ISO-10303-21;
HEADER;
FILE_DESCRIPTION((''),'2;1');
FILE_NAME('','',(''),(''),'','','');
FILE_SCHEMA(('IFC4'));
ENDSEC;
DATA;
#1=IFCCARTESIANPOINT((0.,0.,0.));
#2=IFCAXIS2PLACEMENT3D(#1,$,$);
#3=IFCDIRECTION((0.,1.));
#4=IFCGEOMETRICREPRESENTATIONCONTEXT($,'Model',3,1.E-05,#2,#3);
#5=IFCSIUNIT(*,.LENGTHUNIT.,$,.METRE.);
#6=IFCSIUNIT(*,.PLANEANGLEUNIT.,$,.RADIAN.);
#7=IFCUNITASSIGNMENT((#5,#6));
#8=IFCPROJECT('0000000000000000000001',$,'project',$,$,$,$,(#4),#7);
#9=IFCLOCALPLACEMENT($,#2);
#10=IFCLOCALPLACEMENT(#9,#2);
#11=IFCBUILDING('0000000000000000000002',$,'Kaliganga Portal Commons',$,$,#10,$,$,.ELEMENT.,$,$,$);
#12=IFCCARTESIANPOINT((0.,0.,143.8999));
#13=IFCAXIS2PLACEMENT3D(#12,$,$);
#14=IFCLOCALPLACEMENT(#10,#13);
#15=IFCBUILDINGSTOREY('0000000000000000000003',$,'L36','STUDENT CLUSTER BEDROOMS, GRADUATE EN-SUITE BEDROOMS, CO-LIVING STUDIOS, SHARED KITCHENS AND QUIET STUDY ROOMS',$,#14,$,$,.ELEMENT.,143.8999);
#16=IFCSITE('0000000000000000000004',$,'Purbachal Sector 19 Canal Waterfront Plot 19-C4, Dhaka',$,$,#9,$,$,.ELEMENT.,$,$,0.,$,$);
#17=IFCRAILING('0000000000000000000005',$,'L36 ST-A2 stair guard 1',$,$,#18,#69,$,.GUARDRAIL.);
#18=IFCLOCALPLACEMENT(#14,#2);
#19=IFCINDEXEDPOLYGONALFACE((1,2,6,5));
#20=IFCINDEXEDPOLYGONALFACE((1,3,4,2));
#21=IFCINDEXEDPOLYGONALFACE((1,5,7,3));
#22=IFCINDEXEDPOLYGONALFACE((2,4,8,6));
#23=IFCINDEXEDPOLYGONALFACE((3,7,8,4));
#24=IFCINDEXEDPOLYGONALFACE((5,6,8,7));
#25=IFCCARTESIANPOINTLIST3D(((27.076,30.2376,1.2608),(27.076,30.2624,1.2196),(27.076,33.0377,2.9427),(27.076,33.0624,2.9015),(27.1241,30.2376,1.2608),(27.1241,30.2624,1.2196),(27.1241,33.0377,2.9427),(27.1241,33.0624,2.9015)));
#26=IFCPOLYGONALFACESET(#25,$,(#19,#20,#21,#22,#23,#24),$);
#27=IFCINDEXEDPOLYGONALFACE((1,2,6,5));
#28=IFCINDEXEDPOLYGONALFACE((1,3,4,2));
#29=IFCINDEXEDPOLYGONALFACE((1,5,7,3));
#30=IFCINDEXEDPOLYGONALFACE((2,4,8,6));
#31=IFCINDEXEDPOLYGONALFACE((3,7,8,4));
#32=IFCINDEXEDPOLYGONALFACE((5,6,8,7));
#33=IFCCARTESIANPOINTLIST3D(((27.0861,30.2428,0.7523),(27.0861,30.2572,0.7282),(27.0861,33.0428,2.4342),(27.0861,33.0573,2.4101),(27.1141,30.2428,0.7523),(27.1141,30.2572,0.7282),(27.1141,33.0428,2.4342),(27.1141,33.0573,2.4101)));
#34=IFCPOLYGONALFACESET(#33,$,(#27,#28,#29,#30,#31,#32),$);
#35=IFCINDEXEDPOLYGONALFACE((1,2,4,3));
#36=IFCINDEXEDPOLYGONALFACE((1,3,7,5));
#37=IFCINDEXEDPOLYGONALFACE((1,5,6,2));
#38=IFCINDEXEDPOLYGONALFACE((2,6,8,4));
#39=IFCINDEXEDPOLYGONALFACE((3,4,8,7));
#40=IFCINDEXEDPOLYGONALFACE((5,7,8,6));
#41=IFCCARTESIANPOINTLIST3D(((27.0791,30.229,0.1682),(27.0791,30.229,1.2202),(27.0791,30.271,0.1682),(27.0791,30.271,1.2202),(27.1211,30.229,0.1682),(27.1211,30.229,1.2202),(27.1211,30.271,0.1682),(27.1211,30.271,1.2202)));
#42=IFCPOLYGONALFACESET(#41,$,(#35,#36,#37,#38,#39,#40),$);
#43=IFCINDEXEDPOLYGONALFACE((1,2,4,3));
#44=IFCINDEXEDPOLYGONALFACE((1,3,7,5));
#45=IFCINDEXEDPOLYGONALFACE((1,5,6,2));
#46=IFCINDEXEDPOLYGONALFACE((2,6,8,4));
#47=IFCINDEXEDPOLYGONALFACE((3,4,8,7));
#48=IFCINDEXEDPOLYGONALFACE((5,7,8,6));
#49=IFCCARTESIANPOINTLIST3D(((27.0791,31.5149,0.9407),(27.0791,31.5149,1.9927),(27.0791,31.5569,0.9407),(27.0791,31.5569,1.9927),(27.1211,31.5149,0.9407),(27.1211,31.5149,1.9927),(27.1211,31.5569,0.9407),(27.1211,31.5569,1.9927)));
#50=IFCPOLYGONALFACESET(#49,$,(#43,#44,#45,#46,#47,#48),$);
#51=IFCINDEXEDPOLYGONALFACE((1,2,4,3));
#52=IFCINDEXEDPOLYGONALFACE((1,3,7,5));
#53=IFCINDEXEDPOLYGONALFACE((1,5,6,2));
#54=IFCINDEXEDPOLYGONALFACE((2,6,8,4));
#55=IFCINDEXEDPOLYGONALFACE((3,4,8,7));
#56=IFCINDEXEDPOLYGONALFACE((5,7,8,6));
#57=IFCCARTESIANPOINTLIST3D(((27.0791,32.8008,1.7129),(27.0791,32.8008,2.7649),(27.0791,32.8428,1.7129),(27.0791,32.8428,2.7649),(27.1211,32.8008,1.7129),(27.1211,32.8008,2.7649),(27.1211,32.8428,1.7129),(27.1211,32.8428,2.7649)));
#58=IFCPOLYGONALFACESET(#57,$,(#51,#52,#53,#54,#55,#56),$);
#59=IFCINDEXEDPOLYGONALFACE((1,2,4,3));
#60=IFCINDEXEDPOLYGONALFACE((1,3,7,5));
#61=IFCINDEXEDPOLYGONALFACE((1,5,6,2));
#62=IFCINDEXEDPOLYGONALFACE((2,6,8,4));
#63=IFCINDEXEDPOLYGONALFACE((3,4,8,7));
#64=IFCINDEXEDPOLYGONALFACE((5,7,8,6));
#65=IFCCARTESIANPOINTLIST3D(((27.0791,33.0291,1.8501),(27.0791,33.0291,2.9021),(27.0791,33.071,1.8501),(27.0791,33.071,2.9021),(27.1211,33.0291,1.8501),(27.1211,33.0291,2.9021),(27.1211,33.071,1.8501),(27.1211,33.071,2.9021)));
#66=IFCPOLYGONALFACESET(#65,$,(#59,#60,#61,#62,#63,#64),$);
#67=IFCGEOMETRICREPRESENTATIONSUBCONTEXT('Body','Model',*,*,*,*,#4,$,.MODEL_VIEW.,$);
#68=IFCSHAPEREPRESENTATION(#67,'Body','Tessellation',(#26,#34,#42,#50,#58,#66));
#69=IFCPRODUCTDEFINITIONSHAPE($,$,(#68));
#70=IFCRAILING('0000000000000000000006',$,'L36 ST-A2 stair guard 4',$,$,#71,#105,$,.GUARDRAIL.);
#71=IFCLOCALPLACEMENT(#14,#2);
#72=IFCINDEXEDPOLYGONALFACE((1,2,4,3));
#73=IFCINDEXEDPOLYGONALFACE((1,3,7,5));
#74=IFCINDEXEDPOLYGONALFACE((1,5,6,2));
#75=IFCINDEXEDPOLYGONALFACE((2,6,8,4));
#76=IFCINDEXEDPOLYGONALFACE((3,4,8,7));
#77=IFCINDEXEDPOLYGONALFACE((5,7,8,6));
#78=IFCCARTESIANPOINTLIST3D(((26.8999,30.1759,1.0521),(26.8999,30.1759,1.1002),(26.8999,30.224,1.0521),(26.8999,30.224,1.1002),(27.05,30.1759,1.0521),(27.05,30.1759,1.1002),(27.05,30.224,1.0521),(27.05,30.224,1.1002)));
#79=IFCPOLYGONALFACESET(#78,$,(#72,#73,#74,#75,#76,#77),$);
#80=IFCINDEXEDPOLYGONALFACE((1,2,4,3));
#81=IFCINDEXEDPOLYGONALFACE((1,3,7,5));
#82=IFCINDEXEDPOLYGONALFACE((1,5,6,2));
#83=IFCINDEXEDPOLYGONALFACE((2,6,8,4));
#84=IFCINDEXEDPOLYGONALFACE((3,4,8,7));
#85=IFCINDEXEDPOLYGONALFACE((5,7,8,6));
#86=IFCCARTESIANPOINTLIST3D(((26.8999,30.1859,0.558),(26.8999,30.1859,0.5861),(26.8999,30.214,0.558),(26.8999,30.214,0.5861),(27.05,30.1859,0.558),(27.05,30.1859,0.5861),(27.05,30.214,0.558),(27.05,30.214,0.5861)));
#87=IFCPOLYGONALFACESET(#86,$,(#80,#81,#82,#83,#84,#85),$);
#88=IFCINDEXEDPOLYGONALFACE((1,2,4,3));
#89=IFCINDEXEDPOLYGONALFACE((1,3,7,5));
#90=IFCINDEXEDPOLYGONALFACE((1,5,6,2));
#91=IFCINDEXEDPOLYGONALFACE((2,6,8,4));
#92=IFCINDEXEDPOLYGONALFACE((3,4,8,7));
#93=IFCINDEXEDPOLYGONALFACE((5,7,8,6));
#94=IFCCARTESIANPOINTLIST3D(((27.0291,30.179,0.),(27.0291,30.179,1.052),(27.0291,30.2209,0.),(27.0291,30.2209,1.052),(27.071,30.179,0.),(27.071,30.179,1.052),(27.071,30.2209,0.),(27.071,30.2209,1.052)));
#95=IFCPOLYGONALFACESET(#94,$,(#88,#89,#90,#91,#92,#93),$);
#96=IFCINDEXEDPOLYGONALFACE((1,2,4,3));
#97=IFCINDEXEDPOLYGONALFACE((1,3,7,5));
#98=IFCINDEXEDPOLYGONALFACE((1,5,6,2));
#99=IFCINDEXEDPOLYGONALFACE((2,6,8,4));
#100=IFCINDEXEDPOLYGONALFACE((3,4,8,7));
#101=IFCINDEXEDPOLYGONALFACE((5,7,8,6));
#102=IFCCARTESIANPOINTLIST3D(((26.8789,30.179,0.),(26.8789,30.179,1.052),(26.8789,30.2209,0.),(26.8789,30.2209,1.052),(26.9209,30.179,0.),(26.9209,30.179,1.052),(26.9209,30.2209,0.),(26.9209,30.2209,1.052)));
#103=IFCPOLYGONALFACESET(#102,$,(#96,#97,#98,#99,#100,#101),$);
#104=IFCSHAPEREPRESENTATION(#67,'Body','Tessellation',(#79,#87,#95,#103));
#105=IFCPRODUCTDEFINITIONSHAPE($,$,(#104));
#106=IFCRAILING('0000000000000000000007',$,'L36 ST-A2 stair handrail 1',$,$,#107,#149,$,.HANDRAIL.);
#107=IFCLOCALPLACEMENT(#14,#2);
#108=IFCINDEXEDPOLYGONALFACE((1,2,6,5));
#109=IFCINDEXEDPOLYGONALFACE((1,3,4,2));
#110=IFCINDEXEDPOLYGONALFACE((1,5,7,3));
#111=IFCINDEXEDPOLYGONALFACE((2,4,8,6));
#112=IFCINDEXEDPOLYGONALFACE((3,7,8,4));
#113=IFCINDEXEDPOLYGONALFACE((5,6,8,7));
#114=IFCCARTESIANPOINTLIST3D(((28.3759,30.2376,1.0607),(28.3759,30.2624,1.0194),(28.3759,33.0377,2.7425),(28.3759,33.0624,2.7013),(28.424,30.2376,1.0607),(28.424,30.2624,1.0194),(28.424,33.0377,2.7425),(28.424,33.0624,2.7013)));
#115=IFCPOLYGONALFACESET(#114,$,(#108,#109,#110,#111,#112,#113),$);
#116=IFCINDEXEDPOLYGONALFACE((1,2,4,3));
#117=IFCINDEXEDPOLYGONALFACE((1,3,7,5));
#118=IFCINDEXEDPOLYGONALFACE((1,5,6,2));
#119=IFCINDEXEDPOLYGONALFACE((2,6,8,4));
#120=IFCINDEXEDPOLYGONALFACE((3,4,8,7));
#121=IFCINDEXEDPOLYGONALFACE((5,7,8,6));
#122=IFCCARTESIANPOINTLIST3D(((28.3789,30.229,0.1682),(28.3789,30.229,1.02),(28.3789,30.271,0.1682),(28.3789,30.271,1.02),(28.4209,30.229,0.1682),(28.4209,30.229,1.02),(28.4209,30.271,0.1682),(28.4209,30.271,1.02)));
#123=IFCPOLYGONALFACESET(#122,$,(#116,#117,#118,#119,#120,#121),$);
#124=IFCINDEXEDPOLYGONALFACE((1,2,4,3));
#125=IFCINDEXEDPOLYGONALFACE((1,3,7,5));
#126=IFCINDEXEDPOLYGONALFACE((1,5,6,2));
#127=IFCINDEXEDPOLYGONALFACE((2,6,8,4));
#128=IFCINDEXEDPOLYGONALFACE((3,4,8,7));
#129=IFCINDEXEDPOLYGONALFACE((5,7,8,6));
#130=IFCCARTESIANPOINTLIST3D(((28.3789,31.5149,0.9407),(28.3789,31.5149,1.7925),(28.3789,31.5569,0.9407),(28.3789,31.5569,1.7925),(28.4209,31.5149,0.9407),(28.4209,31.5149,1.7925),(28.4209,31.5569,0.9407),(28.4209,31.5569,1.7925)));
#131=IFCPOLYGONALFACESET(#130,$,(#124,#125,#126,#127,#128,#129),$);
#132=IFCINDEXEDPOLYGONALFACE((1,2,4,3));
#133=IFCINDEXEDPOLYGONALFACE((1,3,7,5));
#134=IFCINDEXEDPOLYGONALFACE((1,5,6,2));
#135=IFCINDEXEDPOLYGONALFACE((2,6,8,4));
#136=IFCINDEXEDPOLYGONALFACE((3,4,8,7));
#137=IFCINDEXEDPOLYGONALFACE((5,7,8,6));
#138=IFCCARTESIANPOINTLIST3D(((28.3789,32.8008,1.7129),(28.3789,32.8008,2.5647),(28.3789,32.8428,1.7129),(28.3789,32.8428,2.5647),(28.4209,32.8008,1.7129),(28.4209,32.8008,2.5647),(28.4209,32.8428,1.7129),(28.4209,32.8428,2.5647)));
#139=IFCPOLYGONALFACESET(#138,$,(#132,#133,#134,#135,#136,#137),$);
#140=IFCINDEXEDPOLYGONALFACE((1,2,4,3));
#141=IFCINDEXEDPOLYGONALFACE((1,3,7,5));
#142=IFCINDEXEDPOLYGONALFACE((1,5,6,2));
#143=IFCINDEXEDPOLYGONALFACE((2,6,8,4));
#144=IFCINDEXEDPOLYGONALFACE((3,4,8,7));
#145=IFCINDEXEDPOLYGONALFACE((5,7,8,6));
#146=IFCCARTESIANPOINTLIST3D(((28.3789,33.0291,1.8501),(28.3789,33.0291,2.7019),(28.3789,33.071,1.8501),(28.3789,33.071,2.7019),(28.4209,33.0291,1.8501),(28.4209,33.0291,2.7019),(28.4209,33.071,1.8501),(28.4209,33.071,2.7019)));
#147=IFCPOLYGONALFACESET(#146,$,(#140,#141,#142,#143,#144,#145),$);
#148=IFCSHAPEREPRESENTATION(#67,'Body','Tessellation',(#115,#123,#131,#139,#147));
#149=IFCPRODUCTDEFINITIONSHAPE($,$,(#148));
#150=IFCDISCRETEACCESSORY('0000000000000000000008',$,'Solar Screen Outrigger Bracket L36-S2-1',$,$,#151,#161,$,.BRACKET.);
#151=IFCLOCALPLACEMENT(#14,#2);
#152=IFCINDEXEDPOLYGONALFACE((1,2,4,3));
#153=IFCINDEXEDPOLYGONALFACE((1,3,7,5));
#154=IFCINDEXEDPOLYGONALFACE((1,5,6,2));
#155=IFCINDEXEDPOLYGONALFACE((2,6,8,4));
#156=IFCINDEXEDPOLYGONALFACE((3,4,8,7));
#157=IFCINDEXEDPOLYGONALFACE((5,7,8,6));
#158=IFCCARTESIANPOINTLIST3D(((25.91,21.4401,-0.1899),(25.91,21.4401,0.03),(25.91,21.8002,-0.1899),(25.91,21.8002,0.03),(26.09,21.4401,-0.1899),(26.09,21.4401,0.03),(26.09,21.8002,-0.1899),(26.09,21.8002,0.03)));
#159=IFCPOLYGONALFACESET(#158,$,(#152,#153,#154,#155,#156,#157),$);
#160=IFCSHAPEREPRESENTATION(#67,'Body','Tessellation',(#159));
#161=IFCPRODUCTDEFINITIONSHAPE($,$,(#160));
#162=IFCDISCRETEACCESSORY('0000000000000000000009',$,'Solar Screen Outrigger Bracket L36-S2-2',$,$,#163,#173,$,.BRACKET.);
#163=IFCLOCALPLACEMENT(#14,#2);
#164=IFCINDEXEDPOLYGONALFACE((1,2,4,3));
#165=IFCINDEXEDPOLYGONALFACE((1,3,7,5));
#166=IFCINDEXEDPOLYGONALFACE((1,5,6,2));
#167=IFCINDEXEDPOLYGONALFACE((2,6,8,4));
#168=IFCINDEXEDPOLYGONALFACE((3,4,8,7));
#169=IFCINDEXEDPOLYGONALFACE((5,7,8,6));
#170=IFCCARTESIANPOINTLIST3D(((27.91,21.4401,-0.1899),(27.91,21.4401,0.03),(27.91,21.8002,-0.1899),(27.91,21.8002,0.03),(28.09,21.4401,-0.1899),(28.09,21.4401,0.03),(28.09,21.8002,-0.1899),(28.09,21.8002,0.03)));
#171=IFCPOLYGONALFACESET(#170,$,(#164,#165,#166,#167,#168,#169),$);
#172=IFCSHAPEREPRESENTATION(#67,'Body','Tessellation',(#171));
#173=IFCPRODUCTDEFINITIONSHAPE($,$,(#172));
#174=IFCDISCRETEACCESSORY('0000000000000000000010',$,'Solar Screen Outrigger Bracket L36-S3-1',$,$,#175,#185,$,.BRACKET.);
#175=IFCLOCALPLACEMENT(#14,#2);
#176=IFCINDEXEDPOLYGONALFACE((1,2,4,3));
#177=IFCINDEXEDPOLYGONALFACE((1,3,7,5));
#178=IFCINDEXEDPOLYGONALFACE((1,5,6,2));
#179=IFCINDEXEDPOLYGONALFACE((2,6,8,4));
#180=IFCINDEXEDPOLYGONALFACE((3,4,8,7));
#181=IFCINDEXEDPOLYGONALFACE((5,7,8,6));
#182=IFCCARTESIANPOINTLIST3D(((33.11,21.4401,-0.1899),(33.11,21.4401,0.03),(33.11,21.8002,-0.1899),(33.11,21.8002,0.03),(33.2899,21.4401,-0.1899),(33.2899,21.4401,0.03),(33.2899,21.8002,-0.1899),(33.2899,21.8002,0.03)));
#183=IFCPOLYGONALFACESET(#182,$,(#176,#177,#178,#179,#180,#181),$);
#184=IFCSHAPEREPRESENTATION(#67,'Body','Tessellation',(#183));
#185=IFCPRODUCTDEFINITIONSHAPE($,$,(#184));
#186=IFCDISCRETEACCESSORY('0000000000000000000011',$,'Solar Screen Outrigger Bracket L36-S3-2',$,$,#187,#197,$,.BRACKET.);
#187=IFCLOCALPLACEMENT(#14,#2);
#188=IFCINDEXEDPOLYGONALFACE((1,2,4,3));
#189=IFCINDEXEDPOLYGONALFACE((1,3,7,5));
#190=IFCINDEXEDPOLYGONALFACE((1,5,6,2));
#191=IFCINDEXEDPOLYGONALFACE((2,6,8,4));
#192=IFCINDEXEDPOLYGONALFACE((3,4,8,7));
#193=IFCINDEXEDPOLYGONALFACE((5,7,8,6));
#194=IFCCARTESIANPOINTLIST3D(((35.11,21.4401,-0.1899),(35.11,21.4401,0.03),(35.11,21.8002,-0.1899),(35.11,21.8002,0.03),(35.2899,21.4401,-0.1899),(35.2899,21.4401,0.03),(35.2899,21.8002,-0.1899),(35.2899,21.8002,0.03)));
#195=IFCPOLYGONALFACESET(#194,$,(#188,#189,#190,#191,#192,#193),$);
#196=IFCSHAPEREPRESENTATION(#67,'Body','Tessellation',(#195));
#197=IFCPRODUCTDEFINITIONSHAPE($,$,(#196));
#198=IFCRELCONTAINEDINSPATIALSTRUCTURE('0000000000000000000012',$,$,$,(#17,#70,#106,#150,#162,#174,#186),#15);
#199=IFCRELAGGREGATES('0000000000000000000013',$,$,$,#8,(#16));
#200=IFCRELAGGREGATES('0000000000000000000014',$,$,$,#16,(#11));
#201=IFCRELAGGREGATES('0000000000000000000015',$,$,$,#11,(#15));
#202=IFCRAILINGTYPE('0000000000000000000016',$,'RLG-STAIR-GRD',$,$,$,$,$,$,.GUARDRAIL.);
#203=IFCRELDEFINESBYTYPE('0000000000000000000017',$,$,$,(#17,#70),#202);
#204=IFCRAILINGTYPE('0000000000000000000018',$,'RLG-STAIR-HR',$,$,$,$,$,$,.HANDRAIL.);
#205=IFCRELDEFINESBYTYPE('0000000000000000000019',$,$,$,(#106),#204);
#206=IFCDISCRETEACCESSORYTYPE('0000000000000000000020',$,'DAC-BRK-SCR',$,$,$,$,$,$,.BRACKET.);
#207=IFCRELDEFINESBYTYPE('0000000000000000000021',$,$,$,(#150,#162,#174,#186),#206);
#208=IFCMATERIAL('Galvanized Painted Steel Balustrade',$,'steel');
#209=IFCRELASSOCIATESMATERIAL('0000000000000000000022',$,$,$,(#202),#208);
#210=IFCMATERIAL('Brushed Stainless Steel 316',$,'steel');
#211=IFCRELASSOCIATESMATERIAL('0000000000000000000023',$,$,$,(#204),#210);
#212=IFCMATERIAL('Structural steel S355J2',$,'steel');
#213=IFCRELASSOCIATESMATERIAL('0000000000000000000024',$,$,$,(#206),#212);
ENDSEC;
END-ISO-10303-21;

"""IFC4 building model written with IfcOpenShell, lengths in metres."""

from ifc_helpers import new_model, si_unit, direction, frame, origin, origin_2d, place, context, subcontext, project, spatial, rectangle, extrude, source, transform, mapped, material, type_object, element, save


model = new_model("IFC4")

# Units and contexts
model_context = context("Model", 3, precision=1e-05, world=origin(), true_north=direction((0.0, 1.0)))
body_context = subcontext(model_context, "Body", "Model", "MODEL_VIEW")
ifc_project = project(units=[si_unit("LENGTHUNIT", "METRE"), si_unit("PLANEANGLEUNIT", "RADIAN")], contexts=[model_context])

# Site, building, storey
site_placement = place(None, origin())
site = spatial("IfcSite", under=ifc_project, at=site_placement, Name="Purbachal Sector 19 Canal Waterfront Plot 19-C4, Dhaka", CompositionType="ELEMENT", RefElevation=0.0)
building_placement = place(site_placement, origin())
building = spatial("IfcBuilding", under=site, at=building_placement, Name="Kaliganga Portal Commons", CompositionType="ELEMENT")
storey_placement = place(building_placement, frame((0.0, 0.0, 143.8999)))
storey = spatial("IfcBuildingStorey", under=building, at=storey_placement, Name="L36", Description="STUDENT CLUSTER BEDROOMS, GRADUATE EN-SUITE BEDROOMS, CO-LIVING STUDIOS, SHARED KITCHENS AND QUIET STUDY ROOMS", CompositionType="ELEMENT", Elevation=143.8999)

# Shared definitions
ifc_material_1 = material(Name="Structural steel S355J2", Category="steel")

# Railings
ifc_material_2 = material(Name="Galvanized Painted Steel Balustrade", Category="steel")
railing_type_1 = type_object("IfcRailingType", Name="RLG-STAIR-GRD", PredefinedType="GUARDRAIL", material=ifc_material_2)
railing_1_placement = place(storey_placement, frame((27.1001, 30.25, 0.1682)))
element("IfcRailing", 1, at=railing_1_placement, inside=storey, type_object=railing_type_1, Name="L36 ST-A2 stair guard 1", PredefinedType="GUARDRAIL", context=body_context, shape_type="SweptSolid", body=[
    extrude(rectangle(XDim=0.0481, YDim=0.0481, at=origin_2d()), frame((0.0, 0.0, 1.072), z_axis=(0.0, 0.857242, 0.514913), x_axis=(-1.0, 0.0, 0.0)), (0.0, 0.0, 1.0), 3.2664),
    extrude(rectangle(XDim=0.0281, YDim=0.0281, at=origin_2d()), frame((0.0, 0.0, 0.572), z_axis=(0.0, 0.857242, 0.514913), x_axis=(-1.0, 0.0, 0.0)), (0.0, 0.0, 1.0), 3.2664),
    extrude(rectangle(XDim=0.042, YDim=0.042, at=origin_2d()), origin(), (0.0, 0.0, 1.0), 1.052),
    extrude(rectangle(XDim=0.042, YDim=0.042, at=origin_2d()), frame((0.0, 1.2859, 0.7725)), (0.0, 0.0, 1.0), 1.052),
    extrude(rectangle(XDim=0.042, YDim=0.042, at=origin_2d()), frame((0.0, 2.5718, 1.5447)), (0.0, 0.0, 1.0), 1.052),
    extrude(rectangle(XDim=0.042, YDim=0.042, at=origin_2d()), frame((0.0, 2.8, 1.6819)), (0.0, 0.0, 1.0), 1.052),
])
railing_2_placement = place(storey_placement, frame((27.05, 30.2, 0.0)))
element("IfcRailing", 2, at=railing_2_placement, inside=storey, type_object=railing_type_1, Name="L36 ST-A2 stair guard 4", PredefinedType="GUARDRAIL", context=body_context, shape_type="SweptSolid", body=[
    extrude(rectangle(XDim=0.0481, YDim=0.0481, at=origin_2d()), frame((0.0, 0.0, 1.0762), z_axis=(-1.0, 0.0, 0.0), x_axis=(0.0, -1.0, 0.0)), (0.0, 0.0, 1.0), 0.1501),
    extrude(rectangle(XDim=0.0281, YDim=0.0281, at=origin_2d()), frame((0.0, 0.0, 0.572), z_axis=(-1.0, 0.0, 0.0), x_axis=(0.0, -1.0, 0.0)), (0.0, 0.0, 1.0), 0.1501),
    extrude(rectangle(XDim=0.042, YDim=0.042, at=origin_2d()), origin(), (0.0, 0.0, 1.0), 1.052),
    extrude(rectangle(XDim=0.042, YDim=0.042, at=origin_2d()), frame((-0.1501, 0.0, 0.0)), (0.0, 0.0, 1.0), 1.052),
])
ifc_material_3 = material(Name="Brushed Stainless Steel 316", Category="steel")
railing_type_2 = type_object("IfcRailingType", Name="RLG-STAIR-HR", PredefinedType="HANDRAIL", material=ifc_material_3)
railing_3_placement = place(storey_placement, frame((28.3999, 30.25, 0.1682)))
element("IfcRailing", 3, at=railing_3_placement, inside=storey, type_object=railing_type_2, Name="L36 ST-A2 stair handrail 1", PredefinedType="HANDRAIL", context=body_context, shape_type="SweptSolid", body=[
    extrude(rectangle(XDim=0.0481, YDim=0.0481, at=origin_2d()), frame((0.0, 0.0, 0.8718), z_axis=(0.0, 0.857242, 0.514913), x_axis=(-1.0, 0.0, 0.0)), (0.0, 0.0, 1.0), 3.2664),
    extrude(rectangle(XDim=0.042, YDim=0.042, at=origin_2d()), origin(), (0.0, 0.0, 1.0), 0.8518),
    extrude(rectangle(XDim=0.042, YDim=0.042, at=origin_2d()), frame((0.0, 1.2859, 0.7725)), (0.0, 0.0, 1.0), 0.8518),
    extrude(rectangle(XDim=0.042, YDim=0.042, at=origin_2d()), frame((0.0, 2.5718, 1.5447)), (0.0, 0.0, 1.0), 0.8518),
    extrude(rectangle(XDim=0.042, YDim=0.042, at=origin_2d()), frame((0.0, 2.8, 1.6819)), (0.0, 0.0, 1.0), 0.8518),
])

# Discrete accessories
discrete_accessory_type = type_object("IfcDiscreteAccessoryType", Name="DAC-BRK-SCR", PredefinedType="BRACKET", material=ifc_material_1)
shared_shape_1 = source(origin(), body_context, "Body", "SweptSolid", [
    extrude(rectangle(XDim=0.1799, YDim=0.3601, at=origin_2d()), origin(), (0.0, 0.0, 1.0), 0.22),
])
for number, where, z_axis, x_axis, name in (
    (4, (26.0, 21.6201, -0.1899), (0.0, 0.0, 1.0), (1.0, 0.0, 0.0), "Solar Screen Outrigger Bracket L36-S2-1"),
    (5, (28.0, 21.6201, -0.1899), (0.0, 0.0, 1.0), (1.0, 0.0, 0.0), "Solar Screen Outrigger Bracket L36-S2-2"),
    (6, (33.2, 21.6201, -0.1899), (0.0, 0.0, 1.0), (1.0, 0.0, 0.0), "Solar Screen Outrigger Bracket L36-S3-1"),
    (7, (35.2, 21.6201, -0.1899), (0.0, 0.0, 1.0), (1.0, 0.0, 0.0), "Solar Screen Outrigger Bracket L36-S3-2"),
):
    element("IfcDiscreteAccessory", number, at=place(storey_placement, frame(where, z_axis=z_axis, x_axis=x_axis)), inside=storey, type_object=discrete_accessory_type, Name=name, PredefinedType="BRACKET", context=body_context, shape_type="MappedRepresentation", body=[
        mapped(shared_shape_1, transform((0.0, 0.0, 0.0), x_axis=(1.0, 0.0, 0.0), y_axis=(0.0, 1.0, 0.0), z_axis=(0.0, 0.0, 1.0), scale=1.0)),
    ])

save(model, "model.ifc")
